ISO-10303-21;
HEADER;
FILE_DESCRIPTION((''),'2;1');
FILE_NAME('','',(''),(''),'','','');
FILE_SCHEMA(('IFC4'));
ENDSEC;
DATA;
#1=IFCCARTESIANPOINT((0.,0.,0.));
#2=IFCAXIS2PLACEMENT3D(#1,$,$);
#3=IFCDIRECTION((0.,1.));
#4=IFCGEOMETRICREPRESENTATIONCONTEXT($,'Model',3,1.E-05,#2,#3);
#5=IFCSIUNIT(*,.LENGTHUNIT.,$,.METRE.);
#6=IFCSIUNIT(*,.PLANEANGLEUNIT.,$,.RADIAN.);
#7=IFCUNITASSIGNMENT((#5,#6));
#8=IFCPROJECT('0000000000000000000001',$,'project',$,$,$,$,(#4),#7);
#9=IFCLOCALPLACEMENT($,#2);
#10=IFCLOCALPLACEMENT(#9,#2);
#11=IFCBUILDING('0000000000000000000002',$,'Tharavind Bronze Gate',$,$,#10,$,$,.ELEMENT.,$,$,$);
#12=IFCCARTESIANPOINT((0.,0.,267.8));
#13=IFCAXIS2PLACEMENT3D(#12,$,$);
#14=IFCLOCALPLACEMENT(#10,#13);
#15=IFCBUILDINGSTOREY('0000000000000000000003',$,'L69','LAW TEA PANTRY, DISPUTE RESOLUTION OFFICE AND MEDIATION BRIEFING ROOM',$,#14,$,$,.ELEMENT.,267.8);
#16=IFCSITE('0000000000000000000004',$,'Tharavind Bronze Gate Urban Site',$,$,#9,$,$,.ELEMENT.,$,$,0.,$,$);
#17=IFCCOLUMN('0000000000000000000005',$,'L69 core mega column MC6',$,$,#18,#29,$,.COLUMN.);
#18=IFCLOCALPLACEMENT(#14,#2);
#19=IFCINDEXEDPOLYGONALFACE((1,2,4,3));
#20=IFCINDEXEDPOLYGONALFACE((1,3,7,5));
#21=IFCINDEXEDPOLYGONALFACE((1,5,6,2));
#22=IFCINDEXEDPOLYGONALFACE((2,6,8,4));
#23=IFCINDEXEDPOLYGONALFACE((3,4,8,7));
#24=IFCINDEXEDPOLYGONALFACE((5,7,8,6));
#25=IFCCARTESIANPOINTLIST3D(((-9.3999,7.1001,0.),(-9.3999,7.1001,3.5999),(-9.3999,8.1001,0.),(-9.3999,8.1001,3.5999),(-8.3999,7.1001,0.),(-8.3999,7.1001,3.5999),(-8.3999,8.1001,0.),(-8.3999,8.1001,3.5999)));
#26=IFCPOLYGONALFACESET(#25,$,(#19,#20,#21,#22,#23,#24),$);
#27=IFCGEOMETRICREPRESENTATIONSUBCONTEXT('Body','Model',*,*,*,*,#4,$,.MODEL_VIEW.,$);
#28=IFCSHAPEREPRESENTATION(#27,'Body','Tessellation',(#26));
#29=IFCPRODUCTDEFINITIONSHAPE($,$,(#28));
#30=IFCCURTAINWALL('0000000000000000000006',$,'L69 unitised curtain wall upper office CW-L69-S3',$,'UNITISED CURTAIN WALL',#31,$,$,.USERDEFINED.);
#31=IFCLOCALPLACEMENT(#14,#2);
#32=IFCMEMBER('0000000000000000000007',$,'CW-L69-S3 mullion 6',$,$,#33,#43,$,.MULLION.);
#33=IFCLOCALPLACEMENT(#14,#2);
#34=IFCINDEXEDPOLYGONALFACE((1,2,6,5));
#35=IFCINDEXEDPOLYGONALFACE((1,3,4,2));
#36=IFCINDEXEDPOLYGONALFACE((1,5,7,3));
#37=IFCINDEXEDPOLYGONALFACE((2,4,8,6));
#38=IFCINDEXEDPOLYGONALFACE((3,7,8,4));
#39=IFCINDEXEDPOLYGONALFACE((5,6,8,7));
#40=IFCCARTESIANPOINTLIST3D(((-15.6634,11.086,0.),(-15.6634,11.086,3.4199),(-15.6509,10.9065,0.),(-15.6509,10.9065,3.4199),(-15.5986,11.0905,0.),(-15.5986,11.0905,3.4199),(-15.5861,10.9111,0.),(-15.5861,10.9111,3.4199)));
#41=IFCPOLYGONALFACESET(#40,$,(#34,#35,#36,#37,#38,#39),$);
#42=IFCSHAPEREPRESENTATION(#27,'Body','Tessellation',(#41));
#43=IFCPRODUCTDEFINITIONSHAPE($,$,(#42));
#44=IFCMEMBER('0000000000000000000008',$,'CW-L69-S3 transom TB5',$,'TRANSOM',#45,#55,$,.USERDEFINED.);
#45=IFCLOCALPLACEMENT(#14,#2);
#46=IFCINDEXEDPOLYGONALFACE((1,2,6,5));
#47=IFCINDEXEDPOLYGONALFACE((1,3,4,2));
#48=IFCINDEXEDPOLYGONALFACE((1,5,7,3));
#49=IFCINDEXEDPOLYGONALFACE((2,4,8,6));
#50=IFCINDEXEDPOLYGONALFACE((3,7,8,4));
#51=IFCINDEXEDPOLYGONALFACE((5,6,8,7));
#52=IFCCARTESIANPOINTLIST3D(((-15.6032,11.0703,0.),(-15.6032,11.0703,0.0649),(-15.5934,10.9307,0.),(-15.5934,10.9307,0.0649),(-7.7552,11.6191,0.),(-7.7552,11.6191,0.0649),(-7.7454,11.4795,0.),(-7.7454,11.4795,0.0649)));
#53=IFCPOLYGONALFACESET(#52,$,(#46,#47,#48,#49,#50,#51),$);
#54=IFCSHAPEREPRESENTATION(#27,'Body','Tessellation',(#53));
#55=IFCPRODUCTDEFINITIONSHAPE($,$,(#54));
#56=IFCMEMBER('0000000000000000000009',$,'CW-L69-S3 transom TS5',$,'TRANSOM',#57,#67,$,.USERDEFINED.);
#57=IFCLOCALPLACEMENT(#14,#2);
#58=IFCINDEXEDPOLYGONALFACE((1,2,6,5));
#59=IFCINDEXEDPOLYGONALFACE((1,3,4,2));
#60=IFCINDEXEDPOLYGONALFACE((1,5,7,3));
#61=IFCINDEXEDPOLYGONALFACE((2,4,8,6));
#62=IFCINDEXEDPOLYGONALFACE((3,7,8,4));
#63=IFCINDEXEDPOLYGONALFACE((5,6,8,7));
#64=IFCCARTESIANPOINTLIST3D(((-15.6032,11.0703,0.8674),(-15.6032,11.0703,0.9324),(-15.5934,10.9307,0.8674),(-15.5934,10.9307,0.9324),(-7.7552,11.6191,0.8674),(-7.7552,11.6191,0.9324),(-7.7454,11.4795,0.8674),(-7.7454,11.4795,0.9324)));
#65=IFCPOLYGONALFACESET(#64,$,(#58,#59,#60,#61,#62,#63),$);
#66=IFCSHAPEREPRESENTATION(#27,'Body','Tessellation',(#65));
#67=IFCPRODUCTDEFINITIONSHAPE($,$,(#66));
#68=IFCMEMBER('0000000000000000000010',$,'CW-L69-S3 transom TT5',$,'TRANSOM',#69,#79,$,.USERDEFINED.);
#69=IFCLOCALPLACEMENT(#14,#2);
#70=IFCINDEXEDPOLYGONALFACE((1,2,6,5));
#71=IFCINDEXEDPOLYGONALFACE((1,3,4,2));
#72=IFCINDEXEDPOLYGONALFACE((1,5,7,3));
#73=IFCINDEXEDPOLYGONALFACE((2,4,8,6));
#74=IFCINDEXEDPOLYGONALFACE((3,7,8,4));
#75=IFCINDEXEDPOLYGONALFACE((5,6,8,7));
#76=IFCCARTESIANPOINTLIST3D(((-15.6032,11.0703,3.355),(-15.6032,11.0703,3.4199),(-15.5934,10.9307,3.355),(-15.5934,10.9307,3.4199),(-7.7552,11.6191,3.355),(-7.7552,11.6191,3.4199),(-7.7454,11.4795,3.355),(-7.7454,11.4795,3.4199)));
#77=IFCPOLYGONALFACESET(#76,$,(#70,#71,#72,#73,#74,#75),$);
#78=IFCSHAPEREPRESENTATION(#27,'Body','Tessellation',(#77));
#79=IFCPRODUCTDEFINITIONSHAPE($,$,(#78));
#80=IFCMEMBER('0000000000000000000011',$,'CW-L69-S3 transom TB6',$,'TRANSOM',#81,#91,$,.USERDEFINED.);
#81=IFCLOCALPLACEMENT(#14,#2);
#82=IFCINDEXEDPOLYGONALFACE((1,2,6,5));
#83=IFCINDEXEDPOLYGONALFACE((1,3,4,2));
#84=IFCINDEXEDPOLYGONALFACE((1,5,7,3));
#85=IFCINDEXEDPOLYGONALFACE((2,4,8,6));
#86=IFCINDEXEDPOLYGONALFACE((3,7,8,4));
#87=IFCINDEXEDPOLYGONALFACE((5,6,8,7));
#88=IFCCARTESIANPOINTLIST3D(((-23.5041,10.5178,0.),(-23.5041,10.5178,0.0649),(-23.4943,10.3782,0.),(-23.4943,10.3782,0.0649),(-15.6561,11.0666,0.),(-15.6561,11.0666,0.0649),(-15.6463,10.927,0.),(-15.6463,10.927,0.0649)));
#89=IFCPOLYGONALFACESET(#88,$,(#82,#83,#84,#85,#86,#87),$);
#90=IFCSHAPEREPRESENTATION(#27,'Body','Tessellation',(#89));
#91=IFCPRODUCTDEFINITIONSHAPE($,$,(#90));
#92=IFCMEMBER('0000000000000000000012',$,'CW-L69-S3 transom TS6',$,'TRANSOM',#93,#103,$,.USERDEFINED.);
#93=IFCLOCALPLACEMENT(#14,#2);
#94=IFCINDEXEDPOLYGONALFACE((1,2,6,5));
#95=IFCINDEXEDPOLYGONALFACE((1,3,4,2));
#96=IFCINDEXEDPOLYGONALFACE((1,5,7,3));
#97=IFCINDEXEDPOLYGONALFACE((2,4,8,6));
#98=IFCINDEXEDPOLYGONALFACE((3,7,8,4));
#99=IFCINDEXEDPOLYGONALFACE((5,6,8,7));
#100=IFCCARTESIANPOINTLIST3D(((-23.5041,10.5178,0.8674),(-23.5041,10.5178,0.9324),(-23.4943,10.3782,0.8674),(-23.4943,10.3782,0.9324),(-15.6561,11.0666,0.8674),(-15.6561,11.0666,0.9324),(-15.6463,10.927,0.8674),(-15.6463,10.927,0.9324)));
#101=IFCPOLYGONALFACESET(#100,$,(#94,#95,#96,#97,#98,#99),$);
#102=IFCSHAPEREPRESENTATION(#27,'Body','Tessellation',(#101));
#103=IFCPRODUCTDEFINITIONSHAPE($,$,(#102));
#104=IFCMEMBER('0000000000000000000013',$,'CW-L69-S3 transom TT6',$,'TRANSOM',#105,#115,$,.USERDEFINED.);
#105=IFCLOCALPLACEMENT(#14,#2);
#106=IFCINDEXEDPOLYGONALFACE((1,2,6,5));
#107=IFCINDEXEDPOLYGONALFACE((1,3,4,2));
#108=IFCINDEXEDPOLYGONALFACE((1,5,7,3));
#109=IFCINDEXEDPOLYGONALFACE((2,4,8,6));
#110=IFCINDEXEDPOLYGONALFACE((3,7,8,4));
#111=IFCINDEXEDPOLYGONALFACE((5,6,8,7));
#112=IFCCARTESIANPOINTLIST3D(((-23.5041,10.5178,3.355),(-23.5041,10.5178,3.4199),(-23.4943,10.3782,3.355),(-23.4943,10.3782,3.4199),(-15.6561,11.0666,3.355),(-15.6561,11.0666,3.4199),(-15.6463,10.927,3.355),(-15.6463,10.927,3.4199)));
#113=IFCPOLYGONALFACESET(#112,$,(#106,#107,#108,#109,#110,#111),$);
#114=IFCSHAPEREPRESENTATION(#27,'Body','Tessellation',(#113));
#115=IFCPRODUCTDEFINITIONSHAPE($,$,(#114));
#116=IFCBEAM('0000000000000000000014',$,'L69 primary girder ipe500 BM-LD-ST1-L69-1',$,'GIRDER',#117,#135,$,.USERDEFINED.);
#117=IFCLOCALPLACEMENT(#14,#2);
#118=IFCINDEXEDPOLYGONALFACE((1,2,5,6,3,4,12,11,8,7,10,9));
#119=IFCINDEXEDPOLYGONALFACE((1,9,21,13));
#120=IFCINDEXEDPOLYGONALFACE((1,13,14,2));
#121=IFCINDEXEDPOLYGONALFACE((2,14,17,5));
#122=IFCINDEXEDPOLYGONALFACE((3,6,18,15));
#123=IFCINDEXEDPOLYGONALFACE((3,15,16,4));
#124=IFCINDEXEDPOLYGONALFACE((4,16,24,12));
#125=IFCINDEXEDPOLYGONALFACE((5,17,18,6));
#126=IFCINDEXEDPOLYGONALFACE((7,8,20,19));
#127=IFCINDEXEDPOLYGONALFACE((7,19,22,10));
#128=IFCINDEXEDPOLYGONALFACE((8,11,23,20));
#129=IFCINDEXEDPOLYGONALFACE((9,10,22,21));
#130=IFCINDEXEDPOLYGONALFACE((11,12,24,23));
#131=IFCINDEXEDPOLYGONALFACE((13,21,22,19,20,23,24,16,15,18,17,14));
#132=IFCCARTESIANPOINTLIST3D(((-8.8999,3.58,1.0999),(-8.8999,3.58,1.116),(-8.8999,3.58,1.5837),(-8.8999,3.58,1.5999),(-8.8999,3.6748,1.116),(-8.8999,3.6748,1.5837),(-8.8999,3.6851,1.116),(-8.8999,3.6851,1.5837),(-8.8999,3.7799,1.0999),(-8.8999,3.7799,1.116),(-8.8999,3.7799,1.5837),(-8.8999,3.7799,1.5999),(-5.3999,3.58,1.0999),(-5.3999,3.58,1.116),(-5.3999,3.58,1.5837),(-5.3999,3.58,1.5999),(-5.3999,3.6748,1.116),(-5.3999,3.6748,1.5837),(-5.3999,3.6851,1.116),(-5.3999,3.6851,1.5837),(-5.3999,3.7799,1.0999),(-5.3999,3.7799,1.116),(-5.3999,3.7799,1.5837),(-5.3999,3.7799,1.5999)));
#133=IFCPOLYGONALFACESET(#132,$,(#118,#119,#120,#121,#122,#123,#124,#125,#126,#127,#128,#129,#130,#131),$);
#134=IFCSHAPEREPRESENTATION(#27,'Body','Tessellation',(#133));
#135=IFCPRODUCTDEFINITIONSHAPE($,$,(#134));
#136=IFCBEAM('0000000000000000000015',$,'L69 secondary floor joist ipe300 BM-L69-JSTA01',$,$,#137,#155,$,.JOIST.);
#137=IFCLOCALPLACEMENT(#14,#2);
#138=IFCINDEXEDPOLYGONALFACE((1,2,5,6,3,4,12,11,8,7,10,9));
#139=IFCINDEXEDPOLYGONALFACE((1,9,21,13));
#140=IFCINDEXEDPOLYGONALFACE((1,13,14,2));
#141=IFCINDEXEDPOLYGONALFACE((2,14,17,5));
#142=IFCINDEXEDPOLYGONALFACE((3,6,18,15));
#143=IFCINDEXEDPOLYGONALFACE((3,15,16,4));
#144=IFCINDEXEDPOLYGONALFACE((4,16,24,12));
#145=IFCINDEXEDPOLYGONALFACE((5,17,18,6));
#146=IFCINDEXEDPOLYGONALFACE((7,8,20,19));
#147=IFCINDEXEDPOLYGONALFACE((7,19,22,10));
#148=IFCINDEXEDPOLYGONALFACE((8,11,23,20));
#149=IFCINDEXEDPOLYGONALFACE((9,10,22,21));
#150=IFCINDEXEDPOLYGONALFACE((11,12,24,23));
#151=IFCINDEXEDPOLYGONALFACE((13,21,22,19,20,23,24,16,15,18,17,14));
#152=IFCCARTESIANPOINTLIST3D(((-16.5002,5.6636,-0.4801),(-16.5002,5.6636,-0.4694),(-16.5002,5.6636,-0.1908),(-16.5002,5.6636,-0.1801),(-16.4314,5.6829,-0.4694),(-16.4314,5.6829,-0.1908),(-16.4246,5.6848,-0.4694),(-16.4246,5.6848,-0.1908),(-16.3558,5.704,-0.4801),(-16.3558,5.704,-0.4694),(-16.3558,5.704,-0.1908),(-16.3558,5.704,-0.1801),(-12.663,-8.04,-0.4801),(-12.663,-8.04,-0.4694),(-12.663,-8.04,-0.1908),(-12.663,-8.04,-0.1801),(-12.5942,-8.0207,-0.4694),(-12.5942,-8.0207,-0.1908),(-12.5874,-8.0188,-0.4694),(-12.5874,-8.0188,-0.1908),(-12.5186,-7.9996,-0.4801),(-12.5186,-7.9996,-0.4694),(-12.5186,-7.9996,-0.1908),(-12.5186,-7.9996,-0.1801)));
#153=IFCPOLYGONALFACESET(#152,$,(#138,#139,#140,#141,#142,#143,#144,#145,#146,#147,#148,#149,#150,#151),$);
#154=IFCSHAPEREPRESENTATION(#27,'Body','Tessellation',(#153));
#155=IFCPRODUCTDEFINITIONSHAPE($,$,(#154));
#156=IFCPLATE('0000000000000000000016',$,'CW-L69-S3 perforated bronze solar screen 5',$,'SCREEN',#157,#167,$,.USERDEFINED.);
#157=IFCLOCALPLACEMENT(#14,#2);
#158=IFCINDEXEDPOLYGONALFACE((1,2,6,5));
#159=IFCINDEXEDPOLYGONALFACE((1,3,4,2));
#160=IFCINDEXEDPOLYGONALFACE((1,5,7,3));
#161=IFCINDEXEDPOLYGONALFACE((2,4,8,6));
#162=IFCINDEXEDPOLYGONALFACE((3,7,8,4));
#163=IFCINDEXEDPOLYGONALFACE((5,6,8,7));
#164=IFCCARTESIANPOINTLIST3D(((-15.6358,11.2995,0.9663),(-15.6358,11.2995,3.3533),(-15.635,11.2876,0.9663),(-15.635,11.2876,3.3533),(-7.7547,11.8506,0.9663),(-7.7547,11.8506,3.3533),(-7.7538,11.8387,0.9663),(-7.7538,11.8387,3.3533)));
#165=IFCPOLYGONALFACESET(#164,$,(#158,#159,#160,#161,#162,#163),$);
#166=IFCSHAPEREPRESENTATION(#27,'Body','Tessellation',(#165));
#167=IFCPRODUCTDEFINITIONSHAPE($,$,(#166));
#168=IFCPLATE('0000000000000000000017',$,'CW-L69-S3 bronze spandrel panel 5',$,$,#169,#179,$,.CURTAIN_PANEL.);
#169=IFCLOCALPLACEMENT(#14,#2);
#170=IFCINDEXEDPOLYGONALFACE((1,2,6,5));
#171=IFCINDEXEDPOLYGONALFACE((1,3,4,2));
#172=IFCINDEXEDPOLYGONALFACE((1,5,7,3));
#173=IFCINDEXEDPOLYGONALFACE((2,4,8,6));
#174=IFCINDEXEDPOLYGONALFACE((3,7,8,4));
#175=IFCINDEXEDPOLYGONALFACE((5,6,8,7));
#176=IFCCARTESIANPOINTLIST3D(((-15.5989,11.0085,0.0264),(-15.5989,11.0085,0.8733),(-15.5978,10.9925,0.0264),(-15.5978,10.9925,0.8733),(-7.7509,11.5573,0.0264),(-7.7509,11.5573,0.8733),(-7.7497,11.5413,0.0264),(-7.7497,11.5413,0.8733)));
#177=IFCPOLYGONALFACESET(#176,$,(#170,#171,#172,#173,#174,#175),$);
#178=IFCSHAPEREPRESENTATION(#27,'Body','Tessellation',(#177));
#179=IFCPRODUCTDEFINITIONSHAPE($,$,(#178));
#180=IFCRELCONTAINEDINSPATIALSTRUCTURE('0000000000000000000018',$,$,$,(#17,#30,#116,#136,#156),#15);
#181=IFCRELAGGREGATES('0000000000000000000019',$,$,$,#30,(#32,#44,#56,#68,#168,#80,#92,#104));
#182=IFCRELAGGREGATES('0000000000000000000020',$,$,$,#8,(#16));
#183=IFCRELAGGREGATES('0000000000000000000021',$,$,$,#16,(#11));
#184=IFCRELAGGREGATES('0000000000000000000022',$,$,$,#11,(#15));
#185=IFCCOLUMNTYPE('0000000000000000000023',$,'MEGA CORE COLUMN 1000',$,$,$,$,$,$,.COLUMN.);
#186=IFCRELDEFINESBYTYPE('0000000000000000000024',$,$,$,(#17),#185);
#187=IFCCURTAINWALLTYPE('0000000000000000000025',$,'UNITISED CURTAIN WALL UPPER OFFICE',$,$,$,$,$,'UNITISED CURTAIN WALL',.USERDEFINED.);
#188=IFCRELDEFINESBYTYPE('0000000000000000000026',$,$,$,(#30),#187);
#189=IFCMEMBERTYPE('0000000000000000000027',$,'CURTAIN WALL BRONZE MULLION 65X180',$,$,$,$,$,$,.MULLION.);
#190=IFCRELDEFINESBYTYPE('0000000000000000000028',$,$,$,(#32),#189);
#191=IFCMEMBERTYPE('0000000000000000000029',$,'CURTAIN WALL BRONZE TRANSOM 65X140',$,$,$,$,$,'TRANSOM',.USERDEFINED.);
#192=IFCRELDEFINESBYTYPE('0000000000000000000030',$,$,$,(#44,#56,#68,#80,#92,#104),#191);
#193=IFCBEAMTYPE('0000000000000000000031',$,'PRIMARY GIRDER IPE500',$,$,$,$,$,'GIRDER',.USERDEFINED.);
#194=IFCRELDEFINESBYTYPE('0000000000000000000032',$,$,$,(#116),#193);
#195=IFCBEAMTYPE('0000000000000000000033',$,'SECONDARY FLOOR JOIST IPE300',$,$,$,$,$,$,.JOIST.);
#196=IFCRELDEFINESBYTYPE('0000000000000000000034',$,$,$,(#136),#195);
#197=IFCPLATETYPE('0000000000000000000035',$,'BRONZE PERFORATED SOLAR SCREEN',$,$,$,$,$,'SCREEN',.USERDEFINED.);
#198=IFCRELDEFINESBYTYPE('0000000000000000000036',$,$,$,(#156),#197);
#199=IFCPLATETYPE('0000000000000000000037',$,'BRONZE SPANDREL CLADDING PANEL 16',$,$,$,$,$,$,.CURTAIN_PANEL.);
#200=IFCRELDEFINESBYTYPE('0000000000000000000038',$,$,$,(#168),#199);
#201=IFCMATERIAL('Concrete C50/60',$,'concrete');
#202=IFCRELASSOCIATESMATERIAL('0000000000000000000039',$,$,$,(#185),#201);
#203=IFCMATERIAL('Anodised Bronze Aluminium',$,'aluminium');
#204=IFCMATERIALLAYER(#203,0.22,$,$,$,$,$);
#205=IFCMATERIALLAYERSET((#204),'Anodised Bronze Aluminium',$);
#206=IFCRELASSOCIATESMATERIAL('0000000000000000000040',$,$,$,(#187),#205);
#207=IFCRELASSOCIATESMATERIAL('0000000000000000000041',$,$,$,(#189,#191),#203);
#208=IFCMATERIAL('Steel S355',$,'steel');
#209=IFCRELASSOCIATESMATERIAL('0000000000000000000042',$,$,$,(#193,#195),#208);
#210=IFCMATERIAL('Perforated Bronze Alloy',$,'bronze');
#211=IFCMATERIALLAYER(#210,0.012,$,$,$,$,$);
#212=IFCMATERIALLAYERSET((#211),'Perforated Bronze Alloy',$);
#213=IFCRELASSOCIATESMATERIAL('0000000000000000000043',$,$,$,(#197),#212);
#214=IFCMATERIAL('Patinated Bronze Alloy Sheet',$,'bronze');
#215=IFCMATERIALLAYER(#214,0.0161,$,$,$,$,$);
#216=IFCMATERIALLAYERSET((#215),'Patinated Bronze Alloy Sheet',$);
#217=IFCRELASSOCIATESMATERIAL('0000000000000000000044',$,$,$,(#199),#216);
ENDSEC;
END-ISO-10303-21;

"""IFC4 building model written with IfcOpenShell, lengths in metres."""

from ifc_helpers import new_model, si_unit, direction, frame, origin, origin_2d, place, context, subcontext, project, spatial, rectangle, i_section, extrude, material, layer, layer_set, material_profile, profile_set, type_object, element, aggregate, save


model = new_model("IFC4")

# Units and contexts
model_context = context("Model", 3, precision=1e-05, world=origin(), true_north=direction((0.0, 1.0)))
body_context = subcontext(model_context, "Body", "Model", "MODEL_VIEW")
ifc_project = project(units=[si_unit("LENGTHUNIT", "METRE"), si_unit("PLANEANGLEUNIT", "RADIAN")], contexts=[model_context])

# Site, building, storey
site_placement = place(None, origin())
site = spatial("IfcSite", under=ifc_project, at=site_placement, Name="Tharavind Bronze Gate Urban Site", CompositionType="ELEMENT", RefElevation=0.0)
building_placement = place(site_placement, origin())
building = spatial("IfcBuilding", under=site, at=building_placement, Name="Tharavind Bronze Gate", CompositionType="ELEMENT")
storey_placement = place(building_placement, frame((0.0, 0.0, 267.8)))
storey = spatial("IfcBuildingStorey", under=building, at=storey_placement, Name="L69", Description="LAW TEA PANTRY, DISPUTE RESOLUTION OFFICE AND MEDIATION BRIEFING ROOM", CompositionType="ELEMENT", Elevation=267.8)

# Column
ifc_material_1 = material(Name="Concrete C50/60", Category="concrete")
ifc_material_profile_1 = material_profile(ifc_material_1, rectangle(XDim=1.0, YDim=1.0, at=origin_2d()), Name="RCCOL1000")
ifc_profile_set_1 = profile_set([ifc_material_profile_1], Name="Concrete C50/60")
column_type = type_object("IfcColumnType", Name="MEGA CORE COLUMN 1000", PredefinedType="COLUMN", material=ifc_profile_set_1)
column_placement = place(storey_placement, frame((-8.8999, 7.6001, 0.0), z_axis=(0.0, 0.0, 1.0), x_axis=(1.0, 0.0, 0.0)))
element("IfcColumn", 1, at=column_placement, inside=storey, type_object=column_type, Name="L69 core mega column MC6", PredefinedType="COLUMN", context=body_context, shape_type="SweptSolid", body=[
    extrude(rectangle(XDim=1.0, YDim=1.0, at=origin_2d()), origin(), (0.0, 0.0, 1.0), 3.5999),
])

# Curtain wall, members
ifc_material_2 = material(Name="Anodised Bronze Aluminium", Category="aluminium")
ifc_layer_1 = layer(ifc_material_2, 0.22)
ifc_layer_set_1 = layer_set([ifc_layer_1], Name="Anodised Bronze Aluminium")
curtain_wall_type = type_object("IfcCurtainWallType", Name="UNITISED CURTAIN WALL UPPER OFFICE", ElementType="UNITISED CURTAIN WALL", PredefinedType="USERDEFINED", material=ifc_layer_set_1)
curtain_wall_placement = place(storey_placement, origin())
curtain_wall = element("IfcCurtainWall", 2, at=curtain_wall_placement, inside=storey, type_object=curtain_wall_type, Name="L69 unitised curtain wall upper office CW-L69-S3", ObjectType="UNITISED CURTAIN WALL", PredefinedType="USERDEFINED")
member_type_1 = type_object("IfcMemberType", Name="CURTAIN WALL BRONZE MULLION 65X180", PredefinedType="MULLION", material=ifc_material_2)
member_1_placement = place(storey_placement, frame((-15.6248, 10.9985, 0.0), z_axis=(0.0, 0.0, 1.0), x_axis=(-0.997564, -0.06976, 0.0)))
member_1 = element("IfcMember", 3, at=member_1_placement, type_object=member_type_1, Name="CW-L69-S3 mullion 6", PredefinedType="MULLION", context=body_context, shape_type="SweptSolid", body=[
    extrude(rectangle(XDim=0.0649, YDim=0.1799, at=origin_2d()), origin(), (0.0, 0.0, 1.0), 3.4199),
])
member_type_2 = type_object("IfcMemberType", Name="CURTAIN WALL BRONZE TRANSOM 65X140", ElementType="TRANSOM", PredefinedType="USERDEFINED", material=ifc_material_2)
member_2_placement = place(storey_placement, frame((-11.6743, 11.2749, 0.0), z_axis=(0.0, 0.0, 1.0), x_axis=(-0.997564, -0.06976, 0.0)))
member_2 = element("IfcMember", 4, at=member_2_placement, type_object=member_type_2, Name="CW-L69-S3 transom TB5", ObjectType="TRANSOM", PredefinedType="USERDEFINED", context=body_context, shape_type="SweptSolid", body=[
    extrude(rectangle(XDim=7.8672, YDim=0.1399, at=origin_2d()), origin(), (0.0, 0.0, 1.0), 0.0649),
])
member_3_placement = place(storey_placement, frame((-11.6743, 11.2749, 0.8674), z_axis=(0.0, 0.0, 1.0), x_axis=(-0.997564, -0.06976, 0.0)))
member_3 = element("IfcMember", 5, at=member_3_placement, type_object=member_type_2, Name="CW-L69-S3 transom TS5", ObjectType="TRANSOM", PredefinedType="USERDEFINED", context=body_context, shape_type="SweptSolid", body=[
    extrude(rectangle(XDim=7.8672, YDim=0.1399, at=origin_2d()), origin(), (0.0, 0.0, 1.0), 0.0649),
])
member_4_placement = place(storey_placement, frame((-11.6743, 11.2749, 3.355), z_axis=(0.0, 0.0, 1.0), x_axis=(-0.997564, -0.06976, 0.0)))
member_4 = element("IfcMember", 6, at=member_4_placement, type_object=member_type_2, Name="CW-L69-S3 transom TT5", ObjectType="TRANSOM", PredefinedType="USERDEFINED", context=body_context, shape_type="SweptSolid", body=[
    extrude(rectangle(XDim=7.8672, YDim=0.1399, at=origin_2d()), origin(), (0.0, 0.0, 1.0), 0.0649),
])
member_5_placement = place(storey_placement, frame((-19.5752, 10.7224, 0.0), z_axis=(0.0, 0.0, 1.0), x_axis=(-0.997564, -0.06976, 0.0)))
member_5 = element("IfcMember", 7, at=member_5_placement, type_object=member_type_2, Name="CW-L69-S3 transom TB6", ObjectType="TRANSOM", PredefinedType="USERDEFINED", context=body_context, shape_type="SweptSolid", body=[
    extrude(rectangle(XDim=7.8672, YDim=0.1399, at=origin_2d()), origin(), (0.0, 0.0, 1.0), 0.0649),
])
member_6_placement = place(storey_placement, frame((-19.5752, 10.7224, 0.8674), z_axis=(0.0, 0.0, 1.0), x_axis=(-0.997564, -0.06976, 0.0)))
member_6 = element("IfcMember", 8, at=member_6_placement, type_object=member_type_2, Name="CW-L69-S3 transom TS6", ObjectType="TRANSOM", PredefinedType="USERDEFINED", context=body_context, shape_type="SweptSolid", body=[
    extrude(rectangle(XDim=7.8672, YDim=0.1399, at=origin_2d()), origin(), (0.0, 0.0, 1.0), 0.0649),
])
member_7_placement = place(storey_placement, frame((-19.5752, 10.7224, 3.355), z_axis=(0.0, 0.0, 1.0), x_axis=(-0.997564, -0.06976, 0.0)))
member_7 = element("IfcMember", 9, at=member_7_placement, type_object=member_type_2, Name="CW-L69-S3 transom TT6", ObjectType="TRANSOM", PredefinedType="USERDEFINED", context=body_context, shape_type="SweptSolid", body=[
    extrude(rectangle(XDim=7.8672, YDim=0.1399, at=origin_2d()), origin(), (0.0, 0.0, 1.0), 0.0649),
])

# Beams
ifc_material_3 = material(Name="Steel S355", Category="steel")
ifc_material_profile_2 = material_profile(ifc_material_3, i_section(OverallWidth=0.2, OverallDepth=0.5, WebThickness=0.0103, FlangeThickness=0.0161, at=origin_2d()), Name="IPE500")
ifc_profile_set_2 = profile_set([ifc_material_profile_2], Name="Steel S355")
beam_type_1 = type_object("IfcBeamType", Name="PRIMARY GIRDER IPE500", ElementType="GIRDER", PredefinedType="USERDEFINED", material=ifc_profile_set_2)
beam_1_placement = place(storey_placement, frame((-8.8999, 3.6799, 1.3499), z_axis=(1.0, 0.0, 0.0), x_axis=(0.0, 1.0, 0.0)))
element("IfcBeam", 10, at=beam_1_placement, inside=storey, type_object=beam_type_1, Name="L69 primary girder ipe500 BM-LD-ST1-L69-1", ObjectType="GIRDER", PredefinedType="USERDEFINED", context=body_context, shape_type="SweptSolid", body=[
    extrude(i_section(OverallWidth=0.2, OverallDepth=0.5, WebThickness=0.0103, FlangeThickness=0.0161, at=origin_2d()), origin(), (0.0, 0.0, 1.0), 3.5),
])
ifc_material_profile_3 = material_profile(ifc_material_3, i_section(OverallWidth=0.1499, OverallDepth=0.3, WebThickness=0.0071, FlangeThickness=0.0107, at=origin_2d()), Name="IPE300")
ifc_profile_set_3 = profile_set([ifc_material_profile_3], Name="Steel S355")
beam_type_2 = type_object("IfcBeamType", Name="SECONDARY FLOOR JOIST IPE300", PredefinedType="JOIST", material=ifc_profile_set_3)
beam_2_placement = place(storey_placement, frame((-16.428, 5.6838, -0.3301), z_axis=(0.269639, -0.962961, 0.0), x_axis=(0.962961, 0.269639, 0.0)))
element("IfcBeam", 11, at=beam_2_placement, inside=storey, type_object=beam_type_2, Name="L69 secondary floor joist ipe300 BM-L69-JSTA01", PredefinedType="JOIST", context=body_context, shape_type="SweptSolid", body=[
    extrude(i_section(OverallWidth=0.1499, OverallDepth=0.3, WebThickness=0.0071, FlangeThickness=0.0107, at=origin_2d()), origin(), (0.0, 0.0, 1.0), 14.2307),
])

# Plates
ifc_material_4 = material(Name="Perforated Bronze Alloy", Category="bronze")
ifc_layer_2 = layer(ifc_material_4, 0.012)
ifc_layer_set_2 = layer_set([ifc_layer_2], Name="Perforated Bronze Alloy")
plate_type_1 = type_object("IfcPlateType", Name="BRONZE PERFORATED SOLAR SCREEN", ElementType="SCREEN", PredefinedType="USERDEFINED", material=ifc_layer_set_2)
plate_1_placement = place(storey_placement, frame((-11.6948, 11.5691, 0.9663), z_axis=(0.0, 0.0, 1.0), x_axis=(-0.997564, -0.06976, 0.0)))
element("IfcPlate", 12, at=plate_1_placement, inside=storey, type_object=plate_type_1, Name="CW-L69-S3 perforated bronze solar screen 5", ObjectType="SCREEN", PredefinedType="USERDEFINED", context=body_context, shape_type="SweptSolid", body=[
    extrude(rectangle(XDim=7.9004, YDim=0.012, at=origin_2d()), origin(), (0.0, 0.0, 1.0), 2.387),
])
ifc_material_5 = material(Name="Patinated Bronze Alloy Sheet", Category="bronze")
ifc_layer_3 = layer(ifc_material_5, 0.0161)
ifc_layer_set_3 = layer_set([ifc_layer_3], Name="Patinated Bronze Alloy Sheet")
plate_type_2 = type_object("IfcPlateType", Name="BRONZE SPANDREL CLADDING PANEL 16", PredefinedType="CURTAIN_PANEL", material=ifc_layer_set_3)
plate_2_placement = place(storey_placement, frame((-11.6743, 11.2749, 0.0264), z_axis=(0.0, 0.0, 1.0), x_axis=(-0.997564, -0.06976, 0.0)))
plate_2 = element("IfcPlate", 13, at=plate_2_placement, type_object=plate_type_2, Name="CW-L69-S3 bronze spandrel panel 5", PredefinedType="CURTAIN_PANEL", context=body_context, shape_type="SweptSolid", body=[
    extrude(rectangle(XDim=7.8672, YDim=0.0161, at=origin_2d()), origin(), (0.0, 0.0, 1.0), 0.8469),
])
aggregate(curtain_wall, [member_1, member_2, member_3, member_4, plate_2, member_5, member_6, member_7])

save(model, "model.ifc")
